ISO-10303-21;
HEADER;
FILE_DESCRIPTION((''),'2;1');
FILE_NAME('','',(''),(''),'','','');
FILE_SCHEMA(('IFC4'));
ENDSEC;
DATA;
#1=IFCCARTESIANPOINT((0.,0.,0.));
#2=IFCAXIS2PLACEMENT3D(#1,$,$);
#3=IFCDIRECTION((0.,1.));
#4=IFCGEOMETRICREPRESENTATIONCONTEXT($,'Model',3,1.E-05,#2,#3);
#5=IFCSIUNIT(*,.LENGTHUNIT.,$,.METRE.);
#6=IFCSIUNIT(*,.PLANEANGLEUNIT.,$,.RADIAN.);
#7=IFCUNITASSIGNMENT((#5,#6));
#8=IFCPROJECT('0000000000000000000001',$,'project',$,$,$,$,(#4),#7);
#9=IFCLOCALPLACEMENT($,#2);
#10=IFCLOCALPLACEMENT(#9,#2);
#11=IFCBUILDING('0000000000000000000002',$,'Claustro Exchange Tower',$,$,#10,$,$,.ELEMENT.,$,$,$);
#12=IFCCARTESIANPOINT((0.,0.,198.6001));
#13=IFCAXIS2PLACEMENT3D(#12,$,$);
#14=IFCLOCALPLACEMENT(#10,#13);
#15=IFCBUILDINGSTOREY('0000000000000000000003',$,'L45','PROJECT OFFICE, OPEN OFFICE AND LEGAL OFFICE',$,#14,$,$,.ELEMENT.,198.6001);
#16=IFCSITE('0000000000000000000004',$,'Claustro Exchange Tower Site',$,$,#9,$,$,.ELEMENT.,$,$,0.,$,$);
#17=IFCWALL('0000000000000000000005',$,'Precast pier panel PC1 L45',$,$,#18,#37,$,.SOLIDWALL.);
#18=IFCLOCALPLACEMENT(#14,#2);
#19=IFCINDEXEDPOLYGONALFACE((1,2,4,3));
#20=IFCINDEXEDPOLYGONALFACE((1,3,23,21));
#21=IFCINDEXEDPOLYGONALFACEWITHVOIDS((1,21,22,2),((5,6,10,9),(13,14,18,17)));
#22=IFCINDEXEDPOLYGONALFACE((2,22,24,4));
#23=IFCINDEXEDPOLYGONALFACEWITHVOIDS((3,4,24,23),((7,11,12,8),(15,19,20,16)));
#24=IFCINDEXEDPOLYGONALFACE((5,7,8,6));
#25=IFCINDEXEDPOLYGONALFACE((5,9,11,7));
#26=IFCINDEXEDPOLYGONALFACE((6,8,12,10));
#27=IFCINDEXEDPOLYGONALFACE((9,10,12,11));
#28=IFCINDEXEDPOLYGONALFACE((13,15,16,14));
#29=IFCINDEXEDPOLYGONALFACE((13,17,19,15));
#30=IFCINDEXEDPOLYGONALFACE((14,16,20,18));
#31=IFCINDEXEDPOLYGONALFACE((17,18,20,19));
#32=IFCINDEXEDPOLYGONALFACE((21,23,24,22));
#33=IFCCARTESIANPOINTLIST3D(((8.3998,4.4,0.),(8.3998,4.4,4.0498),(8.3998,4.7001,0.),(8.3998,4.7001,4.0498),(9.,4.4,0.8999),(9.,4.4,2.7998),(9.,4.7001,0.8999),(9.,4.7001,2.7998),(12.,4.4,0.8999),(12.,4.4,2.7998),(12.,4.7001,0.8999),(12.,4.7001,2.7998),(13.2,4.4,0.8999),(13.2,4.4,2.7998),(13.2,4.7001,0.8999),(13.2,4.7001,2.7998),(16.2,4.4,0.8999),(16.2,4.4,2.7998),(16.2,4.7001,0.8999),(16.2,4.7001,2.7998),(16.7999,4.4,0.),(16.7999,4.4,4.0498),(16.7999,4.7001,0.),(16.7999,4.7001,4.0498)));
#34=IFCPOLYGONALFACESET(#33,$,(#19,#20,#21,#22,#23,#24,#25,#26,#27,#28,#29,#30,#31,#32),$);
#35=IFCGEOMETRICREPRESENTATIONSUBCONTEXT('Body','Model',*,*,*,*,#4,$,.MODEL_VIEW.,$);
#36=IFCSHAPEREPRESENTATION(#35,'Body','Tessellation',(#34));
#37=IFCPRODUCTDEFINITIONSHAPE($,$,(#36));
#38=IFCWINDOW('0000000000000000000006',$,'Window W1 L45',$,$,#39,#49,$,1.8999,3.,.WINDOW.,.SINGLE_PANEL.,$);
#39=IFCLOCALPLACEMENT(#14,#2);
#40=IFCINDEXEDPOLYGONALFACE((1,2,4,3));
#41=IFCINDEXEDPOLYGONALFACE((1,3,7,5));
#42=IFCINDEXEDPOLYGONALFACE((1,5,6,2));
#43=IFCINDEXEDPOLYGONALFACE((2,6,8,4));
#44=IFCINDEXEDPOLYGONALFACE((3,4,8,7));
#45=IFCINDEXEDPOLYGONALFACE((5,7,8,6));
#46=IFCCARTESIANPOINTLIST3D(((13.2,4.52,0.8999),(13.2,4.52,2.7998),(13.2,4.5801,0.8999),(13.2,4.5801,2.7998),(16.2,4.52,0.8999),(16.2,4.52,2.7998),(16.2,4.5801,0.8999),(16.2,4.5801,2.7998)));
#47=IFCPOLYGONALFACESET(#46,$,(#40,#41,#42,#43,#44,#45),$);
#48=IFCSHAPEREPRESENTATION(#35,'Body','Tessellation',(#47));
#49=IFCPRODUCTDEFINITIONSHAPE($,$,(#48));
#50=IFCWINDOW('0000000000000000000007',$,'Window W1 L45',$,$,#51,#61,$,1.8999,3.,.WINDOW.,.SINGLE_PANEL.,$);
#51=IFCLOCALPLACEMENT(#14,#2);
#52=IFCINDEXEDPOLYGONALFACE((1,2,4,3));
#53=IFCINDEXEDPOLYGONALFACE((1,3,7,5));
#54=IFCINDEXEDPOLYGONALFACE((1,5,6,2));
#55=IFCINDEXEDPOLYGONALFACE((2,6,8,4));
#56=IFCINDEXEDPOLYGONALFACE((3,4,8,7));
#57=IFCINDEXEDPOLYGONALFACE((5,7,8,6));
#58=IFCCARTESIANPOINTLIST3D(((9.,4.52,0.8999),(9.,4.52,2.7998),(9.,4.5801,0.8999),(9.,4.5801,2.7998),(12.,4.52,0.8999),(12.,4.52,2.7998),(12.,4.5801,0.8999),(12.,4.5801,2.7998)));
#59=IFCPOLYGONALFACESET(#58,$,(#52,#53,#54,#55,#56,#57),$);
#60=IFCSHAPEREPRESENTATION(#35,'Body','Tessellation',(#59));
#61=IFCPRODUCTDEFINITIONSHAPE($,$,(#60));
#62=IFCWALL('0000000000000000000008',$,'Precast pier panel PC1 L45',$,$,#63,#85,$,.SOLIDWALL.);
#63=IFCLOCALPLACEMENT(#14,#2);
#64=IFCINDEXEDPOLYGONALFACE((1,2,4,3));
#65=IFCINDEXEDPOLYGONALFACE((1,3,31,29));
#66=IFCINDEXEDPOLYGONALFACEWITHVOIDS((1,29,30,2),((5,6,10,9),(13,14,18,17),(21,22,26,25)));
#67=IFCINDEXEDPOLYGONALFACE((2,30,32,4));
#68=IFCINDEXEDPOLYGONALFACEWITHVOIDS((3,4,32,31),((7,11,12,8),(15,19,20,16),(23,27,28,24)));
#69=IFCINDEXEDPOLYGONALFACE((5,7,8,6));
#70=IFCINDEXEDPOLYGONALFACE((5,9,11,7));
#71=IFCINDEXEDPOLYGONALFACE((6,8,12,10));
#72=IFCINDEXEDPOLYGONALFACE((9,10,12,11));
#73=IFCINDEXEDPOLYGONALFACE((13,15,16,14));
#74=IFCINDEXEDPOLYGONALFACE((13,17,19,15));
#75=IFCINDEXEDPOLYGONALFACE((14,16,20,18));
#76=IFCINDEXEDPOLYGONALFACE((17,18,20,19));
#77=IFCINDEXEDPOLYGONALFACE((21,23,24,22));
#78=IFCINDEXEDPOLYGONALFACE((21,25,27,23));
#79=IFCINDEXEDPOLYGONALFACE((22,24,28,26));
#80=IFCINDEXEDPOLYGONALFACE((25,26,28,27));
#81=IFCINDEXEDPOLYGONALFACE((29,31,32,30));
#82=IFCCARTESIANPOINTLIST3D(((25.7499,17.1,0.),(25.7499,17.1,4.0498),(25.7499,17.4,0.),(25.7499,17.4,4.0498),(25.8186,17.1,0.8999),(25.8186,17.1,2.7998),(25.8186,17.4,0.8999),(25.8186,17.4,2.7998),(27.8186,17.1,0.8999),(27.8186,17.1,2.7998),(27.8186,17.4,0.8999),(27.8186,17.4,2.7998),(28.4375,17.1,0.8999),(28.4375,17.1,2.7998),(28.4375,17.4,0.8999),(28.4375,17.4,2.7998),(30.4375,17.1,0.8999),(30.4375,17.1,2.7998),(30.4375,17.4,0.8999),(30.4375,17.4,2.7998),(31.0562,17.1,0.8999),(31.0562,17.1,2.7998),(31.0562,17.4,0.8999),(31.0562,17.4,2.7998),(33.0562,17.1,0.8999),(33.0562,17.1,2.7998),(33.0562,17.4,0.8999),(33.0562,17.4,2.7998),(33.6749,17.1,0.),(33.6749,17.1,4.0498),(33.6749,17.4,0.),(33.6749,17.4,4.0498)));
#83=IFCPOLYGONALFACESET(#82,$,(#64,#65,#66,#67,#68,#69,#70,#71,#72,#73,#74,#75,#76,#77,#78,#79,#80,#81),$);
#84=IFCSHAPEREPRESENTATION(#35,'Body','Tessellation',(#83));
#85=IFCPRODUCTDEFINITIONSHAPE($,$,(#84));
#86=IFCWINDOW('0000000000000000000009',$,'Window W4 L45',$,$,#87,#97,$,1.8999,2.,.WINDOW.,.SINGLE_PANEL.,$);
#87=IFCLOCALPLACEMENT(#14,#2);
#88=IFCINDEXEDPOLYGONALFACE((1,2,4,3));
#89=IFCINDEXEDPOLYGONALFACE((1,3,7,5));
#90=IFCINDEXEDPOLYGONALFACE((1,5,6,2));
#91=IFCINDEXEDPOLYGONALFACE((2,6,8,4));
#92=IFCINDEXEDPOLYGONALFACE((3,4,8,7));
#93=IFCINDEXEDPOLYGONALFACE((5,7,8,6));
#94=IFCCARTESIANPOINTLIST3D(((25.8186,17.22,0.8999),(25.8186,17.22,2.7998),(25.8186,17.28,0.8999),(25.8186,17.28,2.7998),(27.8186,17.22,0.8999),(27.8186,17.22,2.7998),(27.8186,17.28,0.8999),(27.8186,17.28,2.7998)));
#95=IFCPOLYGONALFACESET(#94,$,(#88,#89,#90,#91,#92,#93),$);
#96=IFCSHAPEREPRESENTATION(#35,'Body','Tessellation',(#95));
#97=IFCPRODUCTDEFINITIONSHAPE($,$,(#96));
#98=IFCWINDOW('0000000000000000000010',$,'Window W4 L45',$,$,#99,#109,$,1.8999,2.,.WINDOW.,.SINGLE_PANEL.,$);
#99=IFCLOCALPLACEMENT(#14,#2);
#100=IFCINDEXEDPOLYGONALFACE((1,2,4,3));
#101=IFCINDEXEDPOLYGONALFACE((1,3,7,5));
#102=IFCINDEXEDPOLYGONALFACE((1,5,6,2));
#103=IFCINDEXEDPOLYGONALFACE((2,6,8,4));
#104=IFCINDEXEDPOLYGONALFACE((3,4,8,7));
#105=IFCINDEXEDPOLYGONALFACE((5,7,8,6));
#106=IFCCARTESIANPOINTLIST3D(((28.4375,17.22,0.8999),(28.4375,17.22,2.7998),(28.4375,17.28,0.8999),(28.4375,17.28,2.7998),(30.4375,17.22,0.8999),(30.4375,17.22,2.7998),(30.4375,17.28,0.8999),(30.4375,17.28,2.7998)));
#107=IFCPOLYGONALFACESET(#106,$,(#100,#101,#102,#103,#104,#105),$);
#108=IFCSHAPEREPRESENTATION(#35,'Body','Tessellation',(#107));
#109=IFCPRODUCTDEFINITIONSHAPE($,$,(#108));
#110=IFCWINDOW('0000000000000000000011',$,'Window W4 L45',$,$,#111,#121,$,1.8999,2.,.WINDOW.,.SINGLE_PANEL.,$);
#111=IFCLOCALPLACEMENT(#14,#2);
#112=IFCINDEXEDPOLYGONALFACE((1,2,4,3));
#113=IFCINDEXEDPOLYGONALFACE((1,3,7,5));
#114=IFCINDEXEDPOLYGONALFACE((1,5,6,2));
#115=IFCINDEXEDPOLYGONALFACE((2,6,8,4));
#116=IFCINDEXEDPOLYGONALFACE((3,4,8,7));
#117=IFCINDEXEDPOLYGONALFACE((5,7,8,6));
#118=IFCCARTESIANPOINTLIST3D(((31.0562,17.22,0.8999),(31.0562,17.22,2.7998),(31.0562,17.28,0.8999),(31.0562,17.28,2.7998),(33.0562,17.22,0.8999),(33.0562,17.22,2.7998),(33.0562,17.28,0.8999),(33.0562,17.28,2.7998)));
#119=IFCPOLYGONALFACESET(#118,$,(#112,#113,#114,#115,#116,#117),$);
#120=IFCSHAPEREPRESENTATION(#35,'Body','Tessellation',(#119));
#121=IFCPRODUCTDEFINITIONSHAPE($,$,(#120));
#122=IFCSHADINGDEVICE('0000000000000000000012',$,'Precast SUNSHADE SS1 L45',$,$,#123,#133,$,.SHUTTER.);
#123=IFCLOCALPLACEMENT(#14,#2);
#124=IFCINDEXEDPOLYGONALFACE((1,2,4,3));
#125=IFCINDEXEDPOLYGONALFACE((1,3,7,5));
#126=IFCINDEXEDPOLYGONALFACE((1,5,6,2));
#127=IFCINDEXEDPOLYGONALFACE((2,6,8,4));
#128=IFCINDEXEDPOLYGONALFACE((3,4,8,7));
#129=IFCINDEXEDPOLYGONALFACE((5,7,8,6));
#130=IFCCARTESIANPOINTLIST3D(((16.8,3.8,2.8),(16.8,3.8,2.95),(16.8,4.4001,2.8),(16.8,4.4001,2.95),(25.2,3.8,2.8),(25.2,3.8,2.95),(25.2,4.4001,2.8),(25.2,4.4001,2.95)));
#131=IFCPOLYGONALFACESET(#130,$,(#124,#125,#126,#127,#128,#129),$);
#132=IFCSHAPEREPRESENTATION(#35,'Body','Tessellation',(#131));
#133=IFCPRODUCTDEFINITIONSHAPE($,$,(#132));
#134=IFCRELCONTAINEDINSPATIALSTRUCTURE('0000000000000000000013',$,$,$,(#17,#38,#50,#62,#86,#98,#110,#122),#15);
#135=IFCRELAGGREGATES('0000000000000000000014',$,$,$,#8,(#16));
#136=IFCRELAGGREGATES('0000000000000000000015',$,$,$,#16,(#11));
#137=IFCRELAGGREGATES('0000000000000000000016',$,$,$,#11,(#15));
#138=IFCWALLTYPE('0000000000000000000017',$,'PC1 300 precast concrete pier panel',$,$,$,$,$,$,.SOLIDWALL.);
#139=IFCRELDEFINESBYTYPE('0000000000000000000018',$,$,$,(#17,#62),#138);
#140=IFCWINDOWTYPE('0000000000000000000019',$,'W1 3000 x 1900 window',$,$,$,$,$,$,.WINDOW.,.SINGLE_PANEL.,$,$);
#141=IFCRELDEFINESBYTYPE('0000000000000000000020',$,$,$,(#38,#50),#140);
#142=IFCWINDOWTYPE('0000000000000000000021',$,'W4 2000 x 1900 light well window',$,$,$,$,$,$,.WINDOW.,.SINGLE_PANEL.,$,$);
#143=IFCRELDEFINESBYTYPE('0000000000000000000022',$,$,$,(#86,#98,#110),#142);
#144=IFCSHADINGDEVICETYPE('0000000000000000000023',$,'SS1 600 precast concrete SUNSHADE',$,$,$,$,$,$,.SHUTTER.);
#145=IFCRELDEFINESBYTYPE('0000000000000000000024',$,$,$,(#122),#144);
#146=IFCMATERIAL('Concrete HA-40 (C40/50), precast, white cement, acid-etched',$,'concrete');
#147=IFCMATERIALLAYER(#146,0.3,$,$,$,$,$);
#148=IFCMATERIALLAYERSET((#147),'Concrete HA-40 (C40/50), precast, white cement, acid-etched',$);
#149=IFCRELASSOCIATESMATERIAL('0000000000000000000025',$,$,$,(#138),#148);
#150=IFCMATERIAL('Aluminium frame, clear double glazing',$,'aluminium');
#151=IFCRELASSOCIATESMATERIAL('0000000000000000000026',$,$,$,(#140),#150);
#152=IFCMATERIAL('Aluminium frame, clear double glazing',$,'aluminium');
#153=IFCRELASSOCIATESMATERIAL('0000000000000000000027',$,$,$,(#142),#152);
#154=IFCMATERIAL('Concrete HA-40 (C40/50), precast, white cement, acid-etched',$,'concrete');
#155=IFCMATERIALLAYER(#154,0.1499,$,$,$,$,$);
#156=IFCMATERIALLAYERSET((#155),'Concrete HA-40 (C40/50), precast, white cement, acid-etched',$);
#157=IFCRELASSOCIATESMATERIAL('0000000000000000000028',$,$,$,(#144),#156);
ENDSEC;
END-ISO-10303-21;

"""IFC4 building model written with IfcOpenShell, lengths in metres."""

from ifc_helpers import new_model, si_unit, direction, frame, frame_2d, origin, origin_2d, place, context, subcontext, project, spatial, rectangle, extrude, material, layer, layer_set, type_object, element, fill, save


model = new_model("IFC4")

# Units and contexts
model_context = context("Model", 3, precision=1e-05, world=origin(), true_north=direction((0.0, 1.0)))
body_context = subcontext(model_context, "Body", "Model", "MODEL_VIEW")
ifc_project = project(units=[si_unit("LENGTHUNIT", "METRE"), si_unit("PLANEANGLEUNIT", "RADIAN")], contexts=[model_context])

# Site, building, storey
site_placement = place(None, origin())
site = spatial("IfcSite", under=ifc_project, at=site_placement, Name="Claustro Exchange Tower Site", CompositionType="ELEMENT", RefElevation=0.0)
building_placement = place(site_placement, origin())
building = spatial("IfcBuilding", under=site, at=building_placement, Name="Claustro Exchange Tower", CompositionType="ELEMENT")
storey_placement = place(building_placement, frame((0.0, 0.0, 198.6001)))
storey = spatial("IfcBuildingStorey", under=building, at=storey_placement, Name="L45", Description="PROJECT OFFICE, OPEN OFFICE AND LEGAL OFFICE", CompositionType="ELEMENT", Elevation=198.6001)

# Walls, openings, windows
ifc_material_1 = material(Name="Concrete HA-40 (C40/50), precast, white cement, acid-etched", Category="concrete")
ifc_layer_1 = layer(ifc_material_1, 0.3)
ifc_layer_set_1 = layer_set([ifc_layer_1], Name="Concrete HA-40 (C40/50), precast, white cement, acid-etched")
wall_type_1 = type_object("IfcWallType", Name="PC1 300 precast concrete pier panel", PredefinedType="SOLIDWALL", material=ifc_layer_set_1)
ifc_material_2 = material(Name="Aluminium frame, clear double glazing", Category="aluminium")
window_type_1 = type_object("IfcWindowType", Name="W1 3000 x 1900 window", PartitioningType="SINGLE_PANEL", PredefinedType="WINDOW", material=ifc_material_2)
wall_1_placement = place(storey_placement, frame((16.8, 4.55, 0.0), z_axis=(0.0, 0.0, 1.0), x_axis=(-1.0, 0.0, 0.0)))
wall_1 = element("IfcWall", 1, at=wall_1_placement, inside=storey, type_object=wall_type_1, Name="Precast pier panel PC1 L45", PredefinedType="SOLIDWALL", context=body_context, shape_type="SweptSolid", body=[
    extrude(rectangle(XDim=8.4001, YDim=0.3, at=frame_2d((4.2002, 0.0))), origin(), (0.0, 0.0, 1.0), 4.0498),
])
opening_1_placement = place(wall_1_placement, frame((0.6001, 0.0, 0.8999)))
opening_1 = element("IfcOpeningElement", 2, at=opening_1_placement, cuts=wall_1, PredefinedType="OPENING", context=body_context, shape_type="SweptSolid", body=[
    extrude(rectangle(XDim=3.0, YDim=1.8999, at=frame_2d((1.5, 0.95))), frame((0.0, 0.1599, 0.0), z_axis=(0.0, -1.0, 0.0), x_axis=(1.0, 0.0, 0.0)), (0.0, 0.0, 1.0), 0.3201),
])
opening_2_placement = place(wall_1_placement, frame((4.8, 0.0, 0.8999)))
opening_2 = element("IfcOpeningElement", 3, at=opening_2_placement, cuts=wall_1, PredefinedType="OPENING", context=body_context, shape_type="SweptSolid", body=[
    extrude(rectangle(XDim=3.0, YDim=1.8999, at=frame_2d((1.5, 0.95))), frame((0.0, 0.1599, 0.0), z_axis=(0.0, -1.0, 0.0), x_axis=(1.0, 0.0, 0.0)), (0.0, 0.0, 1.0), 0.3201),
])
window_1_placement = place(opening_1_placement, origin())
window_1 = element("IfcWindow", 4, at=window_1_placement, inside=storey, type_object=window_type_1, Name="Window W1 L45", OverallHeight=1.8999, OverallWidth=3.0, PartitioningType="SINGLE_PANEL", PredefinedType="WINDOW", context=body_context, shape_type="SweptSolid", body=[
    extrude(rectangle(XDim=3.0, YDim=1.8999, at=frame_2d((1.5, 0.95))), frame((0.0, 0.03, 0.0), z_axis=(0.0, -1.0, 0.0), x_axis=(1.0, 0.0, 0.0)), (0.0, 0.0, 1.0), 0.0601),
])
fill(opening_1, window_1)
window_2_placement = place(opening_2_placement, origin())
window_2 = element("IfcWindow", 5, at=window_2_placement, inside=storey, type_object=window_type_1, Name="Window W1 L45", OverallHeight=1.8999, OverallWidth=3.0, PartitioningType="SINGLE_PANEL", PredefinedType="WINDOW", context=body_context, shape_type="SweptSolid", body=[
    extrude(rectangle(XDim=3.0, YDim=1.8999, at=frame_2d((1.5, 0.95))), frame((0.0, 0.03, 0.0), z_axis=(0.0, -1.0, 0.0), x_axis=(1.0, 0.0, 0.0)), (0.0, 0.0, 1.0), 0.0601),
])
fill(opening_2, window_2)
wall_2_placement = place(storey_placement, frame((25.75, 17.25, 0.0), z_axis=(0.0, 0.0, 1.0), x_axis=(1.0, 0.0, 0.0)))
wall_2 = element("IfcWall", 6, at=wall_2_placement, inside=storey, type_object=wall_type_1, Name="Precast pier panel PC1 L45", PredefinedType="SOLIDWALL", context=body_context, shape_type="SweptSolid", body=[
    extrude(rectangle(XDim=7.925, YDim=0.3, at=frame_2d((3.9624, 0.0))), origin(), (0.0, 0.0, 1.0), 4.0498),
])
opening_3_placement = place(wall_2_placement, frame((0.0686, 0.0, 0.8999)))
opening_3 = element("IfcOpeningElement", 7, at=opening_3_placement, cuts=wall_2, PredefinedType="OPENING", context=body_context, shape_type="SweptSolid", body=[
    extrude(rectangle(XDim=2.0, YDim=1.8999, at=frame_2d((1.0, 0.95))), frame((0.0, 0.1599, 0.0), z_axis=(0.0, -1.0, 0.0), x_axis=(1.0, 0.0, 0.0)), (0.0, 0.0, 1.0), 0.3201),
])
opening_4_placement = place(wall_2_placement, frame((2.6875, 0.0, 0.8999)))
opening_4 = element("IfcOpeningElement", 8, at=opening_4_placement, cuts=wall_2, PredefinedType="OPENING", context=body_context, shape_type="SweptSolid", body=[
    extrude(rectangle(XDim=2.0, YDim=1.8999, at=frame_2d((1.0, 0.95))), frame((0.0, 0.1599, 0.0), z_axis=(0.0, -1.0, 0.0), x_axis=(1.0, 0.0, 0.0)), (0.0, 0.0, 1.0), 0.3201),
])
opening_5_placement = place(wall_2_placement, frame((5.3062, 0.0, 0.8999)))
opening_5 = element("IfcOpeningElement", 9, at=opening_5_placement, cuts=wall_2, PredefinedType="OPENING", context=body_context, shape_type="SweptSolid", body=[
    extrude(rectangle(XDim=2.0, YDim=1.8999, at=frame_2d((1.0, 0.95))), frame((0.0, 0.1599, 0.0), z_axis=(0.0, -1.0, 0.0), x_axis=(1.0, 0.0, 0.0)), (0.0, 0.0, 1.0), 0.3201),
])
ifc_material_3 = material(Name="Aluminium frame, clear double glazing", Category="aluminium")
window_type_2 = type_object("IfcWindowType", Name="W4 2000 x 1900 light well window", PartitioningType="SINGLE_PANEL", PredefinedType="WINDOW", material=ifc_material_3)
window_3_placement = place(opening_3_placement, origin())
window_3 = element("IfcWindow", 10, at=window_3_placement, inside=storey, type_object=window_type_2, Name="Window W4 L45", OverallHeight=1.8999, OverallWidth=2.0, PartitioningType="SINGLE_PANEL", PredefinedType="WINDOW", context=body_context, shape_type="SweptSolid", body=[
    extrude(rectangle(XDim=2.0, YDim=1.8999, at=frame_2d((1.0, 0.95))), frame((0.0, 0.03, 0.0), z_axis=(0.0, -1.0, 0.0), x_axis=(1.0, 0.0, 0.0)), (0.0, 0.0, 1.0), 0.0601),
])
fill(opening_3, window_3)
window_4_placement = place(opening_4_placement, origin())
window_4 = element("IfcWindow", 11, at=window_4_placement, inside=storey, type_object=window_type_2, Name="Window W4 L45", OverallHeight=1.8999, OverallWidth=2.0, PartitioningType="SINGLE_PANEL", PredefinedType="WINDOW", context=body_context, shape_type="SweptSolid", body=[
    extrude(rectangle(XDim=2.0, YDim=1.8999, at=frame_2d((1.0, 0.95))), frame((0.0, 0.03, 0.0), z_axis=(0.0, -1.0, 0.0), x_axis=(1.0, 0.0, 0.0)), (0.0, 0.0, 1.0), 0.0601),
])
fill(opening_4, window_4)
window_5_placement = place(opening_5_placement, origin())
window_5 = element("IfcWindow", 12, at=window_5_placement, inside=storey, type_object=window_type_2, Name="Window W4 L45", OverallHeight=1.8999, OverallWidth=2.0, PartitioningType="SINGLE_PANEL", PredefinedType="WINDOW", context=body_context, shape_type="SweptSolid", body=[
    extrude(rectangle(XDim=2.0, YDim=1.8999, at=frame_2d((1.0, 0.95))), frame((0.0, 0.03, 0.0), z_axis=(0.0, -1.0, 0.0), x_axis=(1.0, 0.0, 0.0)), (0.0, 0.0, 1.0), 0.0601),
])
fill(opening_5, window_5)

# Shading device
ifc_material_4 = material(Name="Concrete HA-40 (C40/50), precast, white cement, acid-etched", Category="concrete")
ifc_layer_2 = layer(ifc_material_4, 0.1499)
ifc_layer_set_2 = layer_set([ifc_layer_2], Name="Concrete HA-40 (C40/50), precast, white cement, acid-etched")
shading_device_type = type_object("IfcShadingDeviceType", Name="SS1 600 precast concrete SUNSHADE", PredefinedType="SHUTTER", material=ifc_layer_set_2)
shading_device_placement = place(storey_placement, frame((21.0, 4.1001, 2.8), z_axis=(0.0, 0.0, 1.0), x_axis=(-1.0, 0.0, 0.0)))
element("IfcShadingDevice", 13, at=shading_device_placement, inside=storey, type_object=shading_device_type, Name="Precast SUNSHADE SS1 L45", PredefinedType="SHUTTER", context=body_context, shape_type="SweptSolid", body=[
    extrude(rectangle(XDim=8.3999, YDim=0.6001, at=origin_2d()), origin(), (0.0, 0.0, 1.0), 0.1499),
])

save(model, "model.ifc")
